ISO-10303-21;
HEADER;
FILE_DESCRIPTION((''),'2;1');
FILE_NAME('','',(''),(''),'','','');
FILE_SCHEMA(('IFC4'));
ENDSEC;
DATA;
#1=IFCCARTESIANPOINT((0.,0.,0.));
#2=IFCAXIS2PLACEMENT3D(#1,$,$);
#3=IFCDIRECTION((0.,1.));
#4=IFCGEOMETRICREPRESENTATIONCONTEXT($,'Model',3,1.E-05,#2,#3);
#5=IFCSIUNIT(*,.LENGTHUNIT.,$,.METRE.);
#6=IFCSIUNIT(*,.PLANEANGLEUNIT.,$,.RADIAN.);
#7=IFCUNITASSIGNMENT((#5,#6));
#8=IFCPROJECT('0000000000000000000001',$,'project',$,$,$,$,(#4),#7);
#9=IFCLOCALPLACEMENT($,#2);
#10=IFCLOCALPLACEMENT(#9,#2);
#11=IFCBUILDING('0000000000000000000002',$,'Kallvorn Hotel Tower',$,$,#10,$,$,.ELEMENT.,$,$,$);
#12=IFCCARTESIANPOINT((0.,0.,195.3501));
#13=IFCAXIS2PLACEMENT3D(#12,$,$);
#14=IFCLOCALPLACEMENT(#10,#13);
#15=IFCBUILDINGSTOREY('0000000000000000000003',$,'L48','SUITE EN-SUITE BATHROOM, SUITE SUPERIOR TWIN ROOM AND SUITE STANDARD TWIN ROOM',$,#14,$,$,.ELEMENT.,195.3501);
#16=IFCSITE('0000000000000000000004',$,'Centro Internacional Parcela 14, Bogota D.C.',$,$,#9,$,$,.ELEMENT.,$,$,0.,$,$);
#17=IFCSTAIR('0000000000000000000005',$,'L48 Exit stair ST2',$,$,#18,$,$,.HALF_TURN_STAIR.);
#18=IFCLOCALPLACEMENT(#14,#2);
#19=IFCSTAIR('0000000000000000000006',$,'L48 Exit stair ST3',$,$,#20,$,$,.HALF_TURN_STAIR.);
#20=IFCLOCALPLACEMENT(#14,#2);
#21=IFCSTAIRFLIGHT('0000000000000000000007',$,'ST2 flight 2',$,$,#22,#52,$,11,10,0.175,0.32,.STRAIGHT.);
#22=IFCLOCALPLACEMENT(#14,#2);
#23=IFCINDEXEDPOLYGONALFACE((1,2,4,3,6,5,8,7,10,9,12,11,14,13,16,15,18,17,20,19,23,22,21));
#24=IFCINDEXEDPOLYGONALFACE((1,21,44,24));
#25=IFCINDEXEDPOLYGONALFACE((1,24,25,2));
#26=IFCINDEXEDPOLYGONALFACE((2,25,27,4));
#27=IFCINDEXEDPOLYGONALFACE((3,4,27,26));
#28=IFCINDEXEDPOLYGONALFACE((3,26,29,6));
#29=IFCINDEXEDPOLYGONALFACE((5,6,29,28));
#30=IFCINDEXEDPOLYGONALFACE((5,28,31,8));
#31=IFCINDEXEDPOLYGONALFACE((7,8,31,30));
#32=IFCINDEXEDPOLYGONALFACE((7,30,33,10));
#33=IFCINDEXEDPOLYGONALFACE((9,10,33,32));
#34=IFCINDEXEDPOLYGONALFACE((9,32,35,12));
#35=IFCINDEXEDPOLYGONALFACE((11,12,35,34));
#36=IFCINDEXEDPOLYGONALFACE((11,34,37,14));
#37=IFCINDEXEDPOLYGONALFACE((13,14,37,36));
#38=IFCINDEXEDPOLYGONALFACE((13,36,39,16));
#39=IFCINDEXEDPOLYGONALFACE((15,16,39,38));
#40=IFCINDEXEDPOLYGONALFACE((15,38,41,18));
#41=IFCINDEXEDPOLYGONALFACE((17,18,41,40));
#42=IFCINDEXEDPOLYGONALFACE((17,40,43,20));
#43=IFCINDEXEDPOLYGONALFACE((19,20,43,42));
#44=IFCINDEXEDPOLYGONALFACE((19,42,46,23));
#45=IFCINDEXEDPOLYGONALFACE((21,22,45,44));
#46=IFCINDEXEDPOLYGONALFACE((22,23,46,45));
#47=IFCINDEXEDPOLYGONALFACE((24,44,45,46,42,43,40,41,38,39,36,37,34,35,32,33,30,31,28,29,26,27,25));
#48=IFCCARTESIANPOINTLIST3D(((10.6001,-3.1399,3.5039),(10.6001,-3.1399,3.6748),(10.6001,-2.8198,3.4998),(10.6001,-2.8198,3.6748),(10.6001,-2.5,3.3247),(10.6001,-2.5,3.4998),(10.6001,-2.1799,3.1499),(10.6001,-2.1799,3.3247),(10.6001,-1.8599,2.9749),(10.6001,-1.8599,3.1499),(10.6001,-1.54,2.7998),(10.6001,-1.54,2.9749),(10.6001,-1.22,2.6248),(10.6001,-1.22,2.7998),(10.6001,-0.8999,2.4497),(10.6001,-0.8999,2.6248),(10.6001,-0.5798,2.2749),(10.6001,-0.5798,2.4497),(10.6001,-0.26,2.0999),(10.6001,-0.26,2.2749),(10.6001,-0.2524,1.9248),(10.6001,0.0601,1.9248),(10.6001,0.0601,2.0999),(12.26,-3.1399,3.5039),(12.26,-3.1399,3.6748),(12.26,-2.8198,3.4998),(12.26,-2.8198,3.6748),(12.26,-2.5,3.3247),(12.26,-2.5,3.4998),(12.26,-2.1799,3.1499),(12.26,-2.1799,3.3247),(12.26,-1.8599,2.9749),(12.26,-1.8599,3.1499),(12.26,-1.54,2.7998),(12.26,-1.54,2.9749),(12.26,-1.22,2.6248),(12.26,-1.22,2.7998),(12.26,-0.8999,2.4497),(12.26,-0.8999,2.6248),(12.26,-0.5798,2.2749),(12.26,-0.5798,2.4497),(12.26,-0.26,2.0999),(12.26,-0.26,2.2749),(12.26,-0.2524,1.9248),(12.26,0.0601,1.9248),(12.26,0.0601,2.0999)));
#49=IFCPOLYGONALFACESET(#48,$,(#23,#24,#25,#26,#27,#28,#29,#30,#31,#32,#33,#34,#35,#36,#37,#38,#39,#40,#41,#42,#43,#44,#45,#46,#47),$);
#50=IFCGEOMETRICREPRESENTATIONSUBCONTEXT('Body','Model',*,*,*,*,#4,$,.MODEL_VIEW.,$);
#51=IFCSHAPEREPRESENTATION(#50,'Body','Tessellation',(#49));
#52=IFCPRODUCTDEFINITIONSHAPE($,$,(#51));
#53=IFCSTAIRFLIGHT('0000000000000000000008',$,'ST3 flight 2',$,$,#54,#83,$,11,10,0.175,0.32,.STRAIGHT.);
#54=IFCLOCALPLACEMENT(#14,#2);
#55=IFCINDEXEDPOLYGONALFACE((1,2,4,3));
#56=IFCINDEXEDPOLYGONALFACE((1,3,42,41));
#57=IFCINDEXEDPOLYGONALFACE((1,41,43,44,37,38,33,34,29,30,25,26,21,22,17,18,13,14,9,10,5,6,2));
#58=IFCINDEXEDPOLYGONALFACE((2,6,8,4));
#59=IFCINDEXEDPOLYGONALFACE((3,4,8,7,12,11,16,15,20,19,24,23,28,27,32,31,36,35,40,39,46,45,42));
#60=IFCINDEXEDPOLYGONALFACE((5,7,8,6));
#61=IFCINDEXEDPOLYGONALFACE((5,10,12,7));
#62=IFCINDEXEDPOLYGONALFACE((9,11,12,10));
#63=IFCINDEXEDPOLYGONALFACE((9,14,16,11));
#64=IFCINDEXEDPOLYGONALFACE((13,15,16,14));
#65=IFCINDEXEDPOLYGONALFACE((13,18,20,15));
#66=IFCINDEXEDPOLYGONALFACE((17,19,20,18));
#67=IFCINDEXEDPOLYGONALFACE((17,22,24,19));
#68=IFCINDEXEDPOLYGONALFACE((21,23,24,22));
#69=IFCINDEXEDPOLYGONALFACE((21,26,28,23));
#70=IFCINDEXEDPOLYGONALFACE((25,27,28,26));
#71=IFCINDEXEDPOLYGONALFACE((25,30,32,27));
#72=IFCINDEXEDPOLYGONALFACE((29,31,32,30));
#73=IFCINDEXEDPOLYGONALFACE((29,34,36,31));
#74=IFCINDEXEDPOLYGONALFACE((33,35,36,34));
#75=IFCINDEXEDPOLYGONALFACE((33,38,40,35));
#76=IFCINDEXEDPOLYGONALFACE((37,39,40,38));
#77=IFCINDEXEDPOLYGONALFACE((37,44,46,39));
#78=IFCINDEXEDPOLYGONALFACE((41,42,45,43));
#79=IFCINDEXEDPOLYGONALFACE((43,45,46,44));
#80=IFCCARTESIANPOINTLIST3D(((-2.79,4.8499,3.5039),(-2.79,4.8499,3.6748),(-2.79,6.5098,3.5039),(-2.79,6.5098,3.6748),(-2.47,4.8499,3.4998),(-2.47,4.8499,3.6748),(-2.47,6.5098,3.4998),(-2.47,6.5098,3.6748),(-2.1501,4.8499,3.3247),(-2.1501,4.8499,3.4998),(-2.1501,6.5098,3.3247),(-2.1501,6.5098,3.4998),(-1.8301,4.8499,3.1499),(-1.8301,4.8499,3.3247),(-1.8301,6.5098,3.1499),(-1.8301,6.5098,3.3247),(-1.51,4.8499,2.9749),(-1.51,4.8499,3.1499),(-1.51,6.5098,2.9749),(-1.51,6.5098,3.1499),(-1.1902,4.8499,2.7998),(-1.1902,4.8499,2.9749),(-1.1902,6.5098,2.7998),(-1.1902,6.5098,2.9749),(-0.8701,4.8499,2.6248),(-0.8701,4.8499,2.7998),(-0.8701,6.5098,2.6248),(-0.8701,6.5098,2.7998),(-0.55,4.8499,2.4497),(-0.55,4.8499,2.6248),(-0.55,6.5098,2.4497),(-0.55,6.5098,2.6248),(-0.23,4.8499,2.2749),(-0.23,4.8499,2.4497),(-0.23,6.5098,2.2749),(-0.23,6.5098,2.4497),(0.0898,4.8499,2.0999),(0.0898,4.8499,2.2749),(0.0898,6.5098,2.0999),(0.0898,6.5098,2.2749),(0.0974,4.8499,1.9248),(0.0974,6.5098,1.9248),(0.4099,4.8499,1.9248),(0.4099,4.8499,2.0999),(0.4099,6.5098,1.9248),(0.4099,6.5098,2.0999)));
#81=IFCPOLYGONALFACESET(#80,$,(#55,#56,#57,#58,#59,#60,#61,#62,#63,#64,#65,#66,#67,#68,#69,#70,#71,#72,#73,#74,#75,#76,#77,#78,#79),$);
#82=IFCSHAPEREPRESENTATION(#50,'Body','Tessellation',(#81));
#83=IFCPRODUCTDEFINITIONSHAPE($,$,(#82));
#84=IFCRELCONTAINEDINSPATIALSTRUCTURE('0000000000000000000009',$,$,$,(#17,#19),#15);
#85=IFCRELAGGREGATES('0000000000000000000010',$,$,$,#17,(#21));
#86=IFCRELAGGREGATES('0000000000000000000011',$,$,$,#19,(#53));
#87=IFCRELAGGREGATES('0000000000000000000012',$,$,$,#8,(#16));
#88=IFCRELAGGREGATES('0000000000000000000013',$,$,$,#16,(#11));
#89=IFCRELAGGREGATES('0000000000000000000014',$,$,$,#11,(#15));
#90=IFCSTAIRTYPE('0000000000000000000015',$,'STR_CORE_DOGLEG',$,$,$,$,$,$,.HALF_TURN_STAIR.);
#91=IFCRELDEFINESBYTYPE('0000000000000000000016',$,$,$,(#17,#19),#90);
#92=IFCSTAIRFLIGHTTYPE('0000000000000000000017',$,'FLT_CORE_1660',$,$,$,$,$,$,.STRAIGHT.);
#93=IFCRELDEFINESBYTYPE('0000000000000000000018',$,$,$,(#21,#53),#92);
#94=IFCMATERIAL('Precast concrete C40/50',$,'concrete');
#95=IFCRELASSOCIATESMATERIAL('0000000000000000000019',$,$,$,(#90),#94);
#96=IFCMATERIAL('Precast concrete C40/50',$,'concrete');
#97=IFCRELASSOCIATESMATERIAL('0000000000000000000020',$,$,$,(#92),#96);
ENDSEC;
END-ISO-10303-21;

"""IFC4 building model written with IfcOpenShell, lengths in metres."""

from ifc_helpers import new_model, si_unit, direction, frame, origin, place, context, subcontext, project, spatial, polyline, outline, extrude, material, type_object, element, aggregate, save


model = new_model("IFC4")

# Units and contexts
model_context = context("Model", 3, precision=1e-05, world=origin(), true_north=direction((0.0, 1.0)))
body_context = subcontext(model_context, "Body", "Model", "MODEL_VIEW")
ifc_project = project(units=[si_unit("LENGTHUNIT", "METRE"), si_unit("PLANEANGLEUNIT", "RADIAN")], contexts=[model_context])

# Site, building, storey
site_placement = place(None, origin())
site = spatial("IfcSite", under=ifc_project, at=site_placement, Name="Centro Internacional Parcela 14, Bogota D.C.", CompositionType="ELEMENT", RefElevation=0.0)
building_placement = place(site_placement, origin())
building = spatial("IfcBuilding", under=site, at=building_placement, Name="Kallvorn Hotel Tower", CompositionType="ELEMENT")
storey_placement = place(building_placement, frame((0.0, 0.0, 195.3501)))
storey = spatial("IfcBuildingStorey", under=building, at=storey_placement, Name="L48", Description="SUITE EN-SUITE BATHROOM, SUITE SUPERIOR TWIN ROOM AND SUITE STANDARD TWIN ROOM", CompositionType="ELEMENT", Elevation=195.3501)

# Stairs
ifc_material_1 = material(Name="Precast concrete C40/50", Category="concrete")
stair_type = type_object("IfcStairType", Name="STR_CORE_DOGLEG", PredefinedType="HALF_TURN_STAIR", material=ifc_material_1)
stair_1_placement = place(storey_placement, origin())
stair_1 = element("IfcStair", 1, at=stair_1_placement, inside=storey, type_object=stair_type, Name="L48 Exit stair ST2", PredefinedType="HALF_TURN_STAIR")
stair_2_placement = place(storey_placement, origin())
stair_2 = element("IfcStair", 2, at=stair_2_placement, inside=storey, type_object=stair_type, Name="L48 Exit stair ST3", PredefinedType="HALF_TURN_STAIR")

# Stair flights
ifc_material_2 = material(Name="Precast concrete C40/50", Category="concrete")
stair_flight_type = type_object("IfcStairFlightType", Name="FLT_CORE_1660", PredefinedType="STRAIGHT", material=ifc_material_2)
stair_flight_1_placement = place(storey_placement, frame((11.4299, 0.0601, 1.9248), z_axis=(0.0, 0.0, 1.0), x_axis=(0.0, -1.0, 0.0)))
stair_flight_1 = element("IfcStairFlight", 3, at=stair_flight_1_placement, type_object=stair_flight_type, Name="ST2 flight 2", NumberOfRisers=11, NumberOfTreads=10, PredefinedType="STRAIGHT", RiserHeight=0.175, TreadLength=0.32, context=body_context, shape_type="SweptSolid", body=[
    extrude(outline(polyline([(0.0, 0.0), (0.0, 0.175), (0.3201, 0.175), (0.3201, 0.3501), (0.6399, 0.3501), (0.6399, 0.5249), (0.96, 0.5249), (0.96, 0.7), (1.28, 0.7), (1.28, 0.875), (1.6001, 0.875), (1.6001, 1.05), (1.9199, 1.05), (1.9199, 1.2251), (2.24, 1.2251), (2.24, 1.3999), (2.5601, 1.3999), (2.5601, 1.575), (2.8799, 1.575), (2.8799, 1.75), (3.2, 1.75), (3.2, 1.925), (3.2, 1.5791), (0.3125, 0.0), (0.0, 0.0)])), frame((0.0, 0.8301, 0.0), z_axis=(0.0, -1.0, 0.0), x_axis=(1.0, 0.0, 0.0)), (0.0, 0.0, 1.0), 1.6599),
])
aggregate(stair_1, [stair_flight_1])
stair_flight_2_placement = place(storey_placement, frame((0.4099, 5.6799, 1.9248), z_axis=(0.0, 0.0, 1.0), x_axis=(-1.0, 0.0, 0.0)))
stair_flight_2 = element("IfcStairFlight", 4, at=stair_flight_2_placement, type_object=stair_flight_type, Name="ST3 flight 2", NumberOfRisers=11, NumberOfTreads=10, PredefinedType="STRAIGHT", RiserHeight=0.175, TreadLength=0.32, context=body_context, shape_type="SweptSolid", body=[
    extrude(outline(polyline([(0.0, 0.0), (0.0, 0.175), (0.3201, 0.175), (0.3201, 0.3501), (0.6399, 0.3501), (0.6399, 0.5249), (0.96, 0.5249), (0.96, 0.7), (1.28, 0.7), (1.28, 0.875), (1.6001, 0.875), (1.6001, 1.05), (1.9199, 1.05), (1.9199, 1.2251), (2.24, 1.2251), (2.24, 1.3999), (2.5601, 1.3999), (2.5601, 1.575), (2.8799, 1.575), (2.8799, 1.75), (3.2, 1.75), (3.2, 1.925), (3.2, 1.5791), (0.3125, 0.0), (0.0, 0.0)])), frame((0.0, 0.8301, 0.0), z_axis=(0.0, -1.0, 0.0), x_axis=(1.0, 0.0, 0.0)), (0.0, 0.0, 1.0), 1.6599),
])
aggregate(stair_2, [stair_flight_2])

save(model, "model.ifc")
